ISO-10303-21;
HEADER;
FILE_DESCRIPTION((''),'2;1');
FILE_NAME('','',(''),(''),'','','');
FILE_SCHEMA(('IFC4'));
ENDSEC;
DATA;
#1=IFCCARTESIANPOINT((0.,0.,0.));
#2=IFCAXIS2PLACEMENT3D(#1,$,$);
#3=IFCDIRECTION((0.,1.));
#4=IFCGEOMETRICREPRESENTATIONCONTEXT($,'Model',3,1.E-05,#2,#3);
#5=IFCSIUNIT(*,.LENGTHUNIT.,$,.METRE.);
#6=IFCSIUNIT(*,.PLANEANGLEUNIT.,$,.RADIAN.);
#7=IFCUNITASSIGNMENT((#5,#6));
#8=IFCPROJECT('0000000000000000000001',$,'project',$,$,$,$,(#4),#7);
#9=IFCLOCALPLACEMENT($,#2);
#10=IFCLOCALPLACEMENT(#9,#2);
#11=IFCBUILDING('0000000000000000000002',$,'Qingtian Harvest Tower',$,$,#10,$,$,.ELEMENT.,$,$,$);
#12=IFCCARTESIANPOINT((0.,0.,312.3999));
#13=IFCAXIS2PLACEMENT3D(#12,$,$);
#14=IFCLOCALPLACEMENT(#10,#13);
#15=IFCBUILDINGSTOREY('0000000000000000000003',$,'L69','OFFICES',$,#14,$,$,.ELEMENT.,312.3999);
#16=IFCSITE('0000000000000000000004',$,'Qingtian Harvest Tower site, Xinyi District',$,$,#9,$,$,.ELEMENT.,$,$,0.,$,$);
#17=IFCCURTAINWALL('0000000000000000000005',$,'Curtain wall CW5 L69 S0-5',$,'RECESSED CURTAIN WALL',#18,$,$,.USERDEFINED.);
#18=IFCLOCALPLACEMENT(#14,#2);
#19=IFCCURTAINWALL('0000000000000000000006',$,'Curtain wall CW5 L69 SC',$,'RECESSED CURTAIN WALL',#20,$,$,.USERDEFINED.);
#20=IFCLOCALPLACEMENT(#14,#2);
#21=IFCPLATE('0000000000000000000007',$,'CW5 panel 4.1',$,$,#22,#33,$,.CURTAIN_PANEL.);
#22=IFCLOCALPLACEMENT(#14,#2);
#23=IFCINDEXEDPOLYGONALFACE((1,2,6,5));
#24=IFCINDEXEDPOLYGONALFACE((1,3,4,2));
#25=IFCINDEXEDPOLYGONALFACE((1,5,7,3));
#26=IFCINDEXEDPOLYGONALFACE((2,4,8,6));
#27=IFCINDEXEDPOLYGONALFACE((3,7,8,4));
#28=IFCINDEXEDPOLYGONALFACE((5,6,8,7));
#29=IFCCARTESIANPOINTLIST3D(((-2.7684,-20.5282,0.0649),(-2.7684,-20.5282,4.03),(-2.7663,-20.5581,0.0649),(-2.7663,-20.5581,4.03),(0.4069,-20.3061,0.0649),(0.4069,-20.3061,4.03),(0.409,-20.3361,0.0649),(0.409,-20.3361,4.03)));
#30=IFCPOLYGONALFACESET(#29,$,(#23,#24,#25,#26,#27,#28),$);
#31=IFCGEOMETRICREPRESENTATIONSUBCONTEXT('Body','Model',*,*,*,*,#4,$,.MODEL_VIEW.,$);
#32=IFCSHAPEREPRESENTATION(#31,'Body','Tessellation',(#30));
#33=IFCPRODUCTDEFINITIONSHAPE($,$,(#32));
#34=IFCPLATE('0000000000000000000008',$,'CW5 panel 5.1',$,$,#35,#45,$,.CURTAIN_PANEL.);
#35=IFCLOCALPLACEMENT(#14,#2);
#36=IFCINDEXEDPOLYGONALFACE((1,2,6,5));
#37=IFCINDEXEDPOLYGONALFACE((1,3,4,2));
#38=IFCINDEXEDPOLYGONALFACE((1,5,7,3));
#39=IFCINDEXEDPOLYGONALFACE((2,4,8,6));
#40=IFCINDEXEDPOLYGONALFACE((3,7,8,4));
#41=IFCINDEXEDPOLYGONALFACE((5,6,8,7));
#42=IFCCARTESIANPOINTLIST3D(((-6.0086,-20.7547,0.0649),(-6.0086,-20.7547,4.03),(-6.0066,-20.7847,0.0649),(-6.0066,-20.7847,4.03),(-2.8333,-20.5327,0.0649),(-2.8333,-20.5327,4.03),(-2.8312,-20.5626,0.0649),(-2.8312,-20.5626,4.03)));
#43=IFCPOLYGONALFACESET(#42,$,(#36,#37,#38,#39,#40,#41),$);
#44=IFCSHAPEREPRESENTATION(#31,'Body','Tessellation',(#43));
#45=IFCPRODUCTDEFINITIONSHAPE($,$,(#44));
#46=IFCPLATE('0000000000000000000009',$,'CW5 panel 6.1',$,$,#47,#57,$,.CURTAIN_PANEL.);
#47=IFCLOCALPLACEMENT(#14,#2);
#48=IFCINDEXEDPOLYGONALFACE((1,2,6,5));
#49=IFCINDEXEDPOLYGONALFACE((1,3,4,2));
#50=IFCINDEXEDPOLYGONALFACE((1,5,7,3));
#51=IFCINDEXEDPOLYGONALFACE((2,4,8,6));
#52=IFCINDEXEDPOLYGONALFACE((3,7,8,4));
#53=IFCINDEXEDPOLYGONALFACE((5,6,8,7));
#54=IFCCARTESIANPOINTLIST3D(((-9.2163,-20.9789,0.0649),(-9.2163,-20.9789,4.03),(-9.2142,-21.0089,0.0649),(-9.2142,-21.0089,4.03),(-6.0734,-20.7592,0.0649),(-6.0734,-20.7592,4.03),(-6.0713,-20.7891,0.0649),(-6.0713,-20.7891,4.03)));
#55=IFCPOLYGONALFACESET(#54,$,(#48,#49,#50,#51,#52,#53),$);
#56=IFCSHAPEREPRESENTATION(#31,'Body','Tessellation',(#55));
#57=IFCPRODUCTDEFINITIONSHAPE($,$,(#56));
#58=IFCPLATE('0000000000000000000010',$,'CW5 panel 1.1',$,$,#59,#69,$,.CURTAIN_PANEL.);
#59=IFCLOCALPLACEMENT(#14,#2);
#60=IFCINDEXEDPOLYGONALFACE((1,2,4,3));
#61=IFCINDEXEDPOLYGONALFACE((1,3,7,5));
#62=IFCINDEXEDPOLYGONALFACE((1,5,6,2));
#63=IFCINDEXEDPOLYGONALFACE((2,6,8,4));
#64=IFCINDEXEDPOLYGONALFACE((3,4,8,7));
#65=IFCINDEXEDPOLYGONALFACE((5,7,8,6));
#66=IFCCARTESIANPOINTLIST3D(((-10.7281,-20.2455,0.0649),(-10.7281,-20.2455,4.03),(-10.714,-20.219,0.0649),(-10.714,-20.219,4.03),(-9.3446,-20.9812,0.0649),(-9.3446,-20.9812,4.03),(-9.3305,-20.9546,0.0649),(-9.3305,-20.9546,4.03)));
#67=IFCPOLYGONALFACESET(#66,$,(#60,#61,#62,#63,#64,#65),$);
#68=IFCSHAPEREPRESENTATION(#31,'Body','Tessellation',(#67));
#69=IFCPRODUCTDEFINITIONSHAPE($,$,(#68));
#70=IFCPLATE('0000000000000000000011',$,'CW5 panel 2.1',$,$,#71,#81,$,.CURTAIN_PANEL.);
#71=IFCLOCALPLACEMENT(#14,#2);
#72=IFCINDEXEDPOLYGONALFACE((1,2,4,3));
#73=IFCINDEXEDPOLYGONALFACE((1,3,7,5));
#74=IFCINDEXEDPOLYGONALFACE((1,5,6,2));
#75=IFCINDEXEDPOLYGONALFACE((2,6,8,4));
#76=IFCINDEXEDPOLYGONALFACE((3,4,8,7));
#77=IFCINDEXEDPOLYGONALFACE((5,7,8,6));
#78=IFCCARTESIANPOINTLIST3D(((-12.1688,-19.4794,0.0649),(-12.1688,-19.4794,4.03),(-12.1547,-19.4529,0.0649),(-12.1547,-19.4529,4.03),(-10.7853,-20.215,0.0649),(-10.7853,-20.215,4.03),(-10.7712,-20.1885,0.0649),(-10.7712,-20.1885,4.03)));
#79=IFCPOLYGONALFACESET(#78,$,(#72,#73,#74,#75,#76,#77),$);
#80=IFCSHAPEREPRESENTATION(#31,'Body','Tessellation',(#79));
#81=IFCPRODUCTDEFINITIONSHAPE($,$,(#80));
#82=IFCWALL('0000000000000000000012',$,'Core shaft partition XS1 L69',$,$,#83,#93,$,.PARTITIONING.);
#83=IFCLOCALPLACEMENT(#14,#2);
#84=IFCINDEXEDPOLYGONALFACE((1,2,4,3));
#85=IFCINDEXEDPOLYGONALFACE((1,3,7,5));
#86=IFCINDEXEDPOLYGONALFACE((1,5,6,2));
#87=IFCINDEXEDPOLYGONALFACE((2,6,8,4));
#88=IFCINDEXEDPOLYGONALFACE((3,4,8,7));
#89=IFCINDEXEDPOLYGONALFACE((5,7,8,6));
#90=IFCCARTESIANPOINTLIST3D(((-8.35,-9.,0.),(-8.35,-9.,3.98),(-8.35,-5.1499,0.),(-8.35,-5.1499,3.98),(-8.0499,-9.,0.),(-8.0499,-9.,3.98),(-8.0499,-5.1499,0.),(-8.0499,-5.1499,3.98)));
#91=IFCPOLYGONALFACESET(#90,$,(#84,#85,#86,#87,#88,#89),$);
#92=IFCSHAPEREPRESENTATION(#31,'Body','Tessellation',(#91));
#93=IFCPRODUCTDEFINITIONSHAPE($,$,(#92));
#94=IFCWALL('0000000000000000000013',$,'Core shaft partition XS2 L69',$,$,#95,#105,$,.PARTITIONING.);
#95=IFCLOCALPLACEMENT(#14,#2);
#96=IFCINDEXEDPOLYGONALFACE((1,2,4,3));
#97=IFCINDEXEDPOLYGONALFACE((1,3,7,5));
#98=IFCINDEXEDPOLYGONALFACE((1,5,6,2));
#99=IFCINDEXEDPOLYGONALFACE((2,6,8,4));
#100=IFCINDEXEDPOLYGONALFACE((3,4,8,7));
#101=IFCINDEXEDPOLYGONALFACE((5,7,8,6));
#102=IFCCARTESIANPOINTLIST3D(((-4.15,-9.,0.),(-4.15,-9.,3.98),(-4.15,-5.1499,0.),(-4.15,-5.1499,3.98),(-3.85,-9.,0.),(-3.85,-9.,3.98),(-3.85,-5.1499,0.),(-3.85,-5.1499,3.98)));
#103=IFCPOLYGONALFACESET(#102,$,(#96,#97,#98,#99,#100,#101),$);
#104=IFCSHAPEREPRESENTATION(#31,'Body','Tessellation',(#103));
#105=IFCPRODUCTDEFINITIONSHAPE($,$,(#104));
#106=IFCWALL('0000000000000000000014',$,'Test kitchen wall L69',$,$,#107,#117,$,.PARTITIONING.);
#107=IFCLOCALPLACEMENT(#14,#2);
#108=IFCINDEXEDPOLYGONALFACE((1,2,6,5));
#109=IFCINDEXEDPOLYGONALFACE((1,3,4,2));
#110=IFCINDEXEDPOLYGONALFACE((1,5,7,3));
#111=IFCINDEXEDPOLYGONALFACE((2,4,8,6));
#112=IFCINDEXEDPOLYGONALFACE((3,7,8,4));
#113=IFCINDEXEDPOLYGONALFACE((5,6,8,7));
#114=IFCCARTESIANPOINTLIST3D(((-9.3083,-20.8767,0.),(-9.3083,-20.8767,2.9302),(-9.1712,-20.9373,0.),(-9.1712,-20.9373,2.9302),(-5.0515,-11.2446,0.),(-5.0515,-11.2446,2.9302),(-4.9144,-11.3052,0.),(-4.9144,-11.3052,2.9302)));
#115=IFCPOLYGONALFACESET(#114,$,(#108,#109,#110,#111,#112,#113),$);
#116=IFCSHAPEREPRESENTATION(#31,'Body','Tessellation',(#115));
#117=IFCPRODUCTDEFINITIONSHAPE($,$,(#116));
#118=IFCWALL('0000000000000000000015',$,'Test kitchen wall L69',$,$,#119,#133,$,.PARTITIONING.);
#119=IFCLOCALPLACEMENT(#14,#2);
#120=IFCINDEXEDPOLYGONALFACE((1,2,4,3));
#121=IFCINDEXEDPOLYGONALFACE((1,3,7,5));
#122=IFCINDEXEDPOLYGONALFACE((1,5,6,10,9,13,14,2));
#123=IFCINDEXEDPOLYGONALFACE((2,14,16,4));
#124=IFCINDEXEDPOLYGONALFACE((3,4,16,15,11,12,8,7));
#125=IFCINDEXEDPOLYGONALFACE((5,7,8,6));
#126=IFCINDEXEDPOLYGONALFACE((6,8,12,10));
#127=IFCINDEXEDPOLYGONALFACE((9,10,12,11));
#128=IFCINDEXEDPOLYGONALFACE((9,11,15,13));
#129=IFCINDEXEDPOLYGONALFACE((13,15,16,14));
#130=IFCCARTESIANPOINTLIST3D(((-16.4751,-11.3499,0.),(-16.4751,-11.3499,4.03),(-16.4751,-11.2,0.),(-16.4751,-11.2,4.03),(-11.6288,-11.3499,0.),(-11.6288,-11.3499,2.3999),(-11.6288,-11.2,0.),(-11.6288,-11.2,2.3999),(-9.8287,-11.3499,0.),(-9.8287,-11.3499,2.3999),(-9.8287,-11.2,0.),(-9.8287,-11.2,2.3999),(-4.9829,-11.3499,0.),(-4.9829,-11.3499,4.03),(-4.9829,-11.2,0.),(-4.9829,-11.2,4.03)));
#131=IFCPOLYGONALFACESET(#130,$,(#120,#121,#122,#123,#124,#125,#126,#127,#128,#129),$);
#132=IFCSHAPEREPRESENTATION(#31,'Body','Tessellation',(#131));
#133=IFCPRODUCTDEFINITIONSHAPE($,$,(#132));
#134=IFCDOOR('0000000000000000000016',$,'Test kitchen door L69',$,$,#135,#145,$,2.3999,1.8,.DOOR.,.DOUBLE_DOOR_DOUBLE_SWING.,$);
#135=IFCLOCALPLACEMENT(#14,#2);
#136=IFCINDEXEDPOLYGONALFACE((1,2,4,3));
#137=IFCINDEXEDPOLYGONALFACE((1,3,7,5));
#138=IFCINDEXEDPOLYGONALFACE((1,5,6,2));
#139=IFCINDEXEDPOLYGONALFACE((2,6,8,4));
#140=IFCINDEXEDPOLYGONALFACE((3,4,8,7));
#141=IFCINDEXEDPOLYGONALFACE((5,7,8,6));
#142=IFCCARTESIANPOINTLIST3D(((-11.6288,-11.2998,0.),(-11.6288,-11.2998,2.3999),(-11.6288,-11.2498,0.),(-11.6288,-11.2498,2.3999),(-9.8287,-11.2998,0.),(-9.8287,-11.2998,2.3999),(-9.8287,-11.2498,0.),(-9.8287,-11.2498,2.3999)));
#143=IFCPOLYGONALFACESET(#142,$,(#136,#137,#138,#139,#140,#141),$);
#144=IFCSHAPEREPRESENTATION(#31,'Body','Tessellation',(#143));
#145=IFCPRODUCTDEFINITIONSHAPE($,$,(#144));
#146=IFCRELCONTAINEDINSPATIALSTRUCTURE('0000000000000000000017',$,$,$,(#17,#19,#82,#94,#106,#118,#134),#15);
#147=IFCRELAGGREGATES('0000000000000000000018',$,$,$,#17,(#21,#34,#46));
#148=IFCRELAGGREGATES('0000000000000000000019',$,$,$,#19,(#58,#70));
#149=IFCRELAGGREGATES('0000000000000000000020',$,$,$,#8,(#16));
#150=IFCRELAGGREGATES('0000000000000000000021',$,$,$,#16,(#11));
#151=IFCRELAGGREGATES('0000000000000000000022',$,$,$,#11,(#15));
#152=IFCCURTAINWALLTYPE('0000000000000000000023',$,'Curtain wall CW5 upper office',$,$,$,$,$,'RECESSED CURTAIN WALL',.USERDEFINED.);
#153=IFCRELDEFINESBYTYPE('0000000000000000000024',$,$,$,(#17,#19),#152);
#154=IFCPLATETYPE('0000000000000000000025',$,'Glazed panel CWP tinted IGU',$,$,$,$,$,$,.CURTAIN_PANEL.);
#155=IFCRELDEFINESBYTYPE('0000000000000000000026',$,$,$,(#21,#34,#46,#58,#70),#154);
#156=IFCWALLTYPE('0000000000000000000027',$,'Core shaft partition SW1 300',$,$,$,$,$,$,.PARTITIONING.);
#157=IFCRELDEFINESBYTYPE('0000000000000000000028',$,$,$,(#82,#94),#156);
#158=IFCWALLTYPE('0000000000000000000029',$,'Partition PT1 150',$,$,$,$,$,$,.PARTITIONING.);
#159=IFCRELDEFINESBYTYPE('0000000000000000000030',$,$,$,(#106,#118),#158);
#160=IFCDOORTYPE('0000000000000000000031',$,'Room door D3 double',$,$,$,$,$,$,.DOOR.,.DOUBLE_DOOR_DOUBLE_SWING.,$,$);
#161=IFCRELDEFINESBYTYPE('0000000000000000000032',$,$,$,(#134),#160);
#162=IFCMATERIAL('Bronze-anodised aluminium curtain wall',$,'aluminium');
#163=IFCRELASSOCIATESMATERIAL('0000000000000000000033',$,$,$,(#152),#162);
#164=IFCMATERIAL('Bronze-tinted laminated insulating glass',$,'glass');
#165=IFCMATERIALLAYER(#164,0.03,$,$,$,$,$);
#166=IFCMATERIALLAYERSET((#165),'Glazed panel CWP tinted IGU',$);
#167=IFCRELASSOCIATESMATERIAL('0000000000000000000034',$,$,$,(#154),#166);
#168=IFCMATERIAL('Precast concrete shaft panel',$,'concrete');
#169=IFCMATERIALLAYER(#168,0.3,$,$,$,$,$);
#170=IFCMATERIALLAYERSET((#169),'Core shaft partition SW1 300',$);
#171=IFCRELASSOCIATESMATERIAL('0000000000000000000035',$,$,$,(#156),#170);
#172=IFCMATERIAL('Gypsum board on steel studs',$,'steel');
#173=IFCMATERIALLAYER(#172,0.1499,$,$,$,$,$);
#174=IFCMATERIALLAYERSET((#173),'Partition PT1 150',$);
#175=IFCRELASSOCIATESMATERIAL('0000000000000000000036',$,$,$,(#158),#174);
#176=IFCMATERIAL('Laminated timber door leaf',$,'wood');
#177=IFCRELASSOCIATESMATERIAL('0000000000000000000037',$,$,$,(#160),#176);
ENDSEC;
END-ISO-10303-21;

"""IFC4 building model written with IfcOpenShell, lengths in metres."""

from ifc_helpers import new_model, si_unit, direction, frame, frame_2d, origin, origin_2d, place, context, subcontext, project, spatial, rectangle, extrude, material, layer, layer_set, type_object, element, fill, aggregate, save


model = new_model("IFC4")

# Units and contexts
model_context = context("Model", 3, precision=1e-05, world=origin(), true_north=direction((0.0, 1.0)))
body_context = subcontext(model_context, "Body", "Model", "MODEL_VIEW")
ifc_project = project(units=[si_unit("LENGTHUNIT", "METRE"), si_unit("PLANEANGLEUNIT", "RADIAN")], contexts=[model_context])

# Site, building, storey
site_placement = place(None, origin())
site = spatial("IfcSite", under=ifc_project, at=site_placement, Name="Qingtian Harvest Tower site, Xinyi District", CompositionType="ELEMENT", RefElevation=0.0)
building_placement = place(site_placement, origin())
building = spatial("IfcBuilding", under=site, at=building_placement, Name="Qingtian Harvest Tower", CompositionType="ELEMENT")
storey_placement = place(building_placement, frame((0.0, 0.0, 312.3999)))
storey = spatial("IfcBuildingStorey", under=building, at=storey_placement, Name="L69", Description="OFFICES", CompositionType="ELEMENT", Elevation=312.3999)

# Curtain walls
ifc_material_1 = material(Name="Bronze-anodised aluminium curtain wall", Category="aluminium")
curtain_wall_type = type_object("IfcCurtainWallType", Name="Curtain wall CW5 upper office", ElementType="RECESSED CURTAIN WALL", PredefinedType="USERDEFINED", material=ifc_material_1)
curtain_wall_1_placement = place(storey_placement, origin())
curtain_wall_1 = element("IfcCurtainWall", 1, at=curtain_wall_1_placement, inside=storey, type_object=curtain_wall_type, Name="Curtain wall CW5 L69 S0-5", ObjectType="RECESSED CURTAIN WALL", PredefinedType="USERDEFINED")
curtain_wall_2_placement = place(storey_placement, origin())
curtain_wall_2 = element("IfcCurtainWall", 2, at=curtain_wall_2_placement, inside=storey, type_object=curtain_wall_type, Name="Curtain wall CW5 L69 SC", ObjectType="RECESSED CURTAIN WALL", PredefinedType="USERDEFINED")

# Plates
ifc_material_2 = material(Name="Bronze-tinted laminated insulating glass", Category="glass")
ifc_layer_1 = layer(ifc_material_2, 0.03)
ifc_layer_set_1 = layer_set([ifc_layer_1], Name="Glazed panel CWP tinted IGU")
plate_type = type_object("IfcPlateType", Name="Glazed panel CWP tinted IGU", PredefinedType="CURTAIN_PANEL", material=ifc_layer_set_1)
plate_1_placement = place(storey_placement, frame((-1.1797, -20.4321, 0.0649), z_axis=(0.0, 0.0, 1.0), x_axis=(-0.997564, -0.069756, 0.0)))
plate_1 = element("IfcPlate", 3, at=plate_1_placement, type_object=plate_type, Name="CW5 panel 4.1", PredefinedType="CURTAIN_PANEL", context=body_context, shape_type="SweptSolid", body=[
    extrude(rectangle(XDim=3.1831, YDim=0.03, at=origin_2d()), origin(), (0.0, 0.0, 1.0), 3.9651),
])
plate_2_placement = place(storey_placement, frame((-4.4199, -20.6587, 0.0649), z_axis=(0.0, 0.0, 1.0), x_axis=(-0.997564, -0.069756, 0.0)))
plate_2 = element("IfcPlate", 4, at=plate_2_placement, type_object=plate_type, Name="CW5 panel 5.1", PredefinedType="CURTAIN_PANEL", context=body_context, shape_type="SweptSolid", body=[
    extrude(rectangle(XDim=3.1831, YDim=0.03, at=origin_2d()), origin(), (0.0, 0.0, 1.0), 3.9651),
])
plate_3_placement = place(storey_placement, frame((-7.6438, -20.884, 0.0649), z_axis=(0.0, 0.0, 1.0), x_axis=(-0.997564, -0.069756, 0.0)))
plate_3 = element("IfcPlate", 5, at=plate_3_placement, type_object=plate_type, Name="CW5 panel 6.1", PredefinedType="CURTAIN_PANEL", context=body_context, shape_type="SweptSolid", body=[
    extrude(rectangle(XDim=3.1506, YDim=0.03, at=origin_2d()), origin(), (0.0, 0.0, 1.0), 3.9651),
])
aggregate(curtain_wall_1, [plate_1, plate_2, plate_3])
plate_4_placement = place(storey_placement, frame((-10.0293, -20.6001, 0.0649), z_axis=(0.0, 0.0, 1.0), x_axis=(-0.882948, 0.469472, 0.0)))
plate_4 = element("IfcPlate", 6, at=plate_4_placement, type_object=plate_type, Name="CW5 panel 1.1", PredefinedType="CURTAIN_PANEL", context=body_context, shape_type="SweptSolid", body=[
    extrude(rectangle(XDim=1.5669, YDim=0.03, at=origin_2d()), origin(), (0.0, 0.0, 1.0), 3.9651),
])
plate_5_placement = place(storey_placement, frame((-11.47, -19.834, 0.0649), z_axis=(0.0, 0.0, 1.0), x_axis=(-0.882948, 0.469472, 0.0)))
plate_5 = element("IfcPlate", 7, at=plate_5_placement, type_object=plate_type, Name="CW5 panel 2.1", PredefinedType="CURTAIN_PANEL", context=body_context, shape_type="SweptSolid", body=[
    extrude(rectangle(XDim=1.5669, YDim=0.03, at=origin_2d()), origin(), (0.0, 0.0, 1.0), 3.9651),
])
aggregate(curtain_wall_2, [plate_4, plate_5])

# Walls
ifc_material_3 = material(Name="Precast concrete shaft panel", Category="concrete")
ifc_layer_2 = layer(ifc_material_3, 0.3)
ifc_layer_set_2 = layer_set([ifc_layer_2], Name="Core shaft partition SW1 300")
wall_type_1 = type_object("IfcWallType", Name="Core shaft partition SW1 300", PredefinedType="PARTITIONING", material=ifc_layer_set_2)
for number, where, z_axis, x_axis, name in (
    (8, (-8.2, -9.0, 0.0), (0.0, 0.0, 1.0), (0.0, 1.0, 0.0), "Core shaft partition XS1 L69"),
    (9, (-4.0, -9.0, 0.0), (0.0, 0.0, 1.0), (0.0, 1.0, 0.0), "Core shaft partition XS2 L69"),
):
    element("IfcWall", number, at=place(storey_placement, frame(where, z_axis=z_axis, x_axis=x_axis)), inside=storey, type_object=wall_type_1, Name=name, PredefinedType="PARTITIONING", context=body_context, shape_type="SweptSolid", body=[
        extrude(rectangle(XDim=3.8501, YDim=0.3, at=frame_2d((1.925, 0.0))), origin(), (0.0, 0.0, 1.0), 3.98),
    ])
ifc_material_4 = material(Name="Gypsum board on steel studs", Category="steel")
ifc_layer_3 = layer(ifc_material_4, 0.1499)
ifc_layer_set_3 = layer_set([ifc_layer_3], Name="Partition PT1 150")
wall_type_2 = type_object("IfcWallType", Name="Partition PT1 150", PredefinedType="PARTITIONING", material=ifc_layer_set_3)
wall_1_placement = place(storey_placement, frame((-9.2397, -20.907, 0.0), z_axis=(0.0, 0.0, 1.0), x_axis=(0.404227, 0.914658, 0.0)))
element("IfcWall", 10, at=wall_1_placement, inside=storey, type_object=wall_type_2, Name="Test kitchen wall L69", PredefinedType="PARTITIONING", context=body_context, shape_type="SweptSolid", body=[
    extrude(rectangle(XDim=10.5308, YDim=0.1499, at=frame_2d((5.2654, 0.0))), origin(), (0.0, 0.0, 1.0), 2.9302),
])

# Wall, opening, door
wall_2_placement = place(storey_placement, frame((-4.9829, -11.2749, 0.0), z_axis=(0.0, 0.0, 1.0), x_axis=(-1.0, 0.0, 0.0)))
wall_2 = element("IfcWall", 11, at=wall_2_placement, inside=storey, type_object=wall_type_2, Name="Test kitchen wall L69", PredefinedType="PARTITIONING", context=body_context, shape_type="SweptSolid", body=[
    extrude(rectangle(XDim=11.4922, YDim=0.1499, at=frame_2d((5.7461, 0.0))), origin(), (0.0, 0.0, 1.0), 4.03),
])
opening_placement = place(wall_2_placement, frame((4.8459, 0.0, 0.0)))
opening = element("IfcOpeningElement", 12, at=opening_placement, cuts=wall_2, PredefinedType="OPENING", context=body_context, shape_type="SweptSolid", body=[
    extrude(rectangle(XDim=1.8, YDim=2.3999, at=frame_2d((0.8999, 1.2))), frame((0.0, 0.085, 0.0), z_axis=(0.0, -1.0, 0.0), x_axis=(1.0, 0.0, 0.0)), (0.0, 0.0, 1.0), 0.1699),
])
ifc_material_5 = material(Name="Laminated timber door leaf", Category="wood")
door_type = type_object("IfcDoorType", Name="Room door D3 double", OperationType="DOUBLE_DOOR_DOUBLE_SWING", PredefinedType="DOOR", material=ifc_material_5)
door_placement = place(opening_placement, origin())
door = element("IfcDoor", 13, at=door_placement, inside=storey, type_object=door_type, Name="Test kitchen door L69", OperationType="DOUBLE_DOOR_DOUBLE_SWING", OverallHeight=2.3999, OverallWidth=1.8, PredefinedType="DOOR", context=body_context, shape_type="SweptSolid", body=[
    extrude(rectangle(XDim=1.8, YDim=2.3999, at=frame_2d((0.8999, 1.2))), frame((0.0, 0.0249, 0.0), z_axis=(0.0, -1.0, 0.0), x_axis=(1.0, 0.0, 0.0)), (0.0, 0.0, 1.0), 0.05),
])
fill(opening, door)

save(model, "model.ifc")
